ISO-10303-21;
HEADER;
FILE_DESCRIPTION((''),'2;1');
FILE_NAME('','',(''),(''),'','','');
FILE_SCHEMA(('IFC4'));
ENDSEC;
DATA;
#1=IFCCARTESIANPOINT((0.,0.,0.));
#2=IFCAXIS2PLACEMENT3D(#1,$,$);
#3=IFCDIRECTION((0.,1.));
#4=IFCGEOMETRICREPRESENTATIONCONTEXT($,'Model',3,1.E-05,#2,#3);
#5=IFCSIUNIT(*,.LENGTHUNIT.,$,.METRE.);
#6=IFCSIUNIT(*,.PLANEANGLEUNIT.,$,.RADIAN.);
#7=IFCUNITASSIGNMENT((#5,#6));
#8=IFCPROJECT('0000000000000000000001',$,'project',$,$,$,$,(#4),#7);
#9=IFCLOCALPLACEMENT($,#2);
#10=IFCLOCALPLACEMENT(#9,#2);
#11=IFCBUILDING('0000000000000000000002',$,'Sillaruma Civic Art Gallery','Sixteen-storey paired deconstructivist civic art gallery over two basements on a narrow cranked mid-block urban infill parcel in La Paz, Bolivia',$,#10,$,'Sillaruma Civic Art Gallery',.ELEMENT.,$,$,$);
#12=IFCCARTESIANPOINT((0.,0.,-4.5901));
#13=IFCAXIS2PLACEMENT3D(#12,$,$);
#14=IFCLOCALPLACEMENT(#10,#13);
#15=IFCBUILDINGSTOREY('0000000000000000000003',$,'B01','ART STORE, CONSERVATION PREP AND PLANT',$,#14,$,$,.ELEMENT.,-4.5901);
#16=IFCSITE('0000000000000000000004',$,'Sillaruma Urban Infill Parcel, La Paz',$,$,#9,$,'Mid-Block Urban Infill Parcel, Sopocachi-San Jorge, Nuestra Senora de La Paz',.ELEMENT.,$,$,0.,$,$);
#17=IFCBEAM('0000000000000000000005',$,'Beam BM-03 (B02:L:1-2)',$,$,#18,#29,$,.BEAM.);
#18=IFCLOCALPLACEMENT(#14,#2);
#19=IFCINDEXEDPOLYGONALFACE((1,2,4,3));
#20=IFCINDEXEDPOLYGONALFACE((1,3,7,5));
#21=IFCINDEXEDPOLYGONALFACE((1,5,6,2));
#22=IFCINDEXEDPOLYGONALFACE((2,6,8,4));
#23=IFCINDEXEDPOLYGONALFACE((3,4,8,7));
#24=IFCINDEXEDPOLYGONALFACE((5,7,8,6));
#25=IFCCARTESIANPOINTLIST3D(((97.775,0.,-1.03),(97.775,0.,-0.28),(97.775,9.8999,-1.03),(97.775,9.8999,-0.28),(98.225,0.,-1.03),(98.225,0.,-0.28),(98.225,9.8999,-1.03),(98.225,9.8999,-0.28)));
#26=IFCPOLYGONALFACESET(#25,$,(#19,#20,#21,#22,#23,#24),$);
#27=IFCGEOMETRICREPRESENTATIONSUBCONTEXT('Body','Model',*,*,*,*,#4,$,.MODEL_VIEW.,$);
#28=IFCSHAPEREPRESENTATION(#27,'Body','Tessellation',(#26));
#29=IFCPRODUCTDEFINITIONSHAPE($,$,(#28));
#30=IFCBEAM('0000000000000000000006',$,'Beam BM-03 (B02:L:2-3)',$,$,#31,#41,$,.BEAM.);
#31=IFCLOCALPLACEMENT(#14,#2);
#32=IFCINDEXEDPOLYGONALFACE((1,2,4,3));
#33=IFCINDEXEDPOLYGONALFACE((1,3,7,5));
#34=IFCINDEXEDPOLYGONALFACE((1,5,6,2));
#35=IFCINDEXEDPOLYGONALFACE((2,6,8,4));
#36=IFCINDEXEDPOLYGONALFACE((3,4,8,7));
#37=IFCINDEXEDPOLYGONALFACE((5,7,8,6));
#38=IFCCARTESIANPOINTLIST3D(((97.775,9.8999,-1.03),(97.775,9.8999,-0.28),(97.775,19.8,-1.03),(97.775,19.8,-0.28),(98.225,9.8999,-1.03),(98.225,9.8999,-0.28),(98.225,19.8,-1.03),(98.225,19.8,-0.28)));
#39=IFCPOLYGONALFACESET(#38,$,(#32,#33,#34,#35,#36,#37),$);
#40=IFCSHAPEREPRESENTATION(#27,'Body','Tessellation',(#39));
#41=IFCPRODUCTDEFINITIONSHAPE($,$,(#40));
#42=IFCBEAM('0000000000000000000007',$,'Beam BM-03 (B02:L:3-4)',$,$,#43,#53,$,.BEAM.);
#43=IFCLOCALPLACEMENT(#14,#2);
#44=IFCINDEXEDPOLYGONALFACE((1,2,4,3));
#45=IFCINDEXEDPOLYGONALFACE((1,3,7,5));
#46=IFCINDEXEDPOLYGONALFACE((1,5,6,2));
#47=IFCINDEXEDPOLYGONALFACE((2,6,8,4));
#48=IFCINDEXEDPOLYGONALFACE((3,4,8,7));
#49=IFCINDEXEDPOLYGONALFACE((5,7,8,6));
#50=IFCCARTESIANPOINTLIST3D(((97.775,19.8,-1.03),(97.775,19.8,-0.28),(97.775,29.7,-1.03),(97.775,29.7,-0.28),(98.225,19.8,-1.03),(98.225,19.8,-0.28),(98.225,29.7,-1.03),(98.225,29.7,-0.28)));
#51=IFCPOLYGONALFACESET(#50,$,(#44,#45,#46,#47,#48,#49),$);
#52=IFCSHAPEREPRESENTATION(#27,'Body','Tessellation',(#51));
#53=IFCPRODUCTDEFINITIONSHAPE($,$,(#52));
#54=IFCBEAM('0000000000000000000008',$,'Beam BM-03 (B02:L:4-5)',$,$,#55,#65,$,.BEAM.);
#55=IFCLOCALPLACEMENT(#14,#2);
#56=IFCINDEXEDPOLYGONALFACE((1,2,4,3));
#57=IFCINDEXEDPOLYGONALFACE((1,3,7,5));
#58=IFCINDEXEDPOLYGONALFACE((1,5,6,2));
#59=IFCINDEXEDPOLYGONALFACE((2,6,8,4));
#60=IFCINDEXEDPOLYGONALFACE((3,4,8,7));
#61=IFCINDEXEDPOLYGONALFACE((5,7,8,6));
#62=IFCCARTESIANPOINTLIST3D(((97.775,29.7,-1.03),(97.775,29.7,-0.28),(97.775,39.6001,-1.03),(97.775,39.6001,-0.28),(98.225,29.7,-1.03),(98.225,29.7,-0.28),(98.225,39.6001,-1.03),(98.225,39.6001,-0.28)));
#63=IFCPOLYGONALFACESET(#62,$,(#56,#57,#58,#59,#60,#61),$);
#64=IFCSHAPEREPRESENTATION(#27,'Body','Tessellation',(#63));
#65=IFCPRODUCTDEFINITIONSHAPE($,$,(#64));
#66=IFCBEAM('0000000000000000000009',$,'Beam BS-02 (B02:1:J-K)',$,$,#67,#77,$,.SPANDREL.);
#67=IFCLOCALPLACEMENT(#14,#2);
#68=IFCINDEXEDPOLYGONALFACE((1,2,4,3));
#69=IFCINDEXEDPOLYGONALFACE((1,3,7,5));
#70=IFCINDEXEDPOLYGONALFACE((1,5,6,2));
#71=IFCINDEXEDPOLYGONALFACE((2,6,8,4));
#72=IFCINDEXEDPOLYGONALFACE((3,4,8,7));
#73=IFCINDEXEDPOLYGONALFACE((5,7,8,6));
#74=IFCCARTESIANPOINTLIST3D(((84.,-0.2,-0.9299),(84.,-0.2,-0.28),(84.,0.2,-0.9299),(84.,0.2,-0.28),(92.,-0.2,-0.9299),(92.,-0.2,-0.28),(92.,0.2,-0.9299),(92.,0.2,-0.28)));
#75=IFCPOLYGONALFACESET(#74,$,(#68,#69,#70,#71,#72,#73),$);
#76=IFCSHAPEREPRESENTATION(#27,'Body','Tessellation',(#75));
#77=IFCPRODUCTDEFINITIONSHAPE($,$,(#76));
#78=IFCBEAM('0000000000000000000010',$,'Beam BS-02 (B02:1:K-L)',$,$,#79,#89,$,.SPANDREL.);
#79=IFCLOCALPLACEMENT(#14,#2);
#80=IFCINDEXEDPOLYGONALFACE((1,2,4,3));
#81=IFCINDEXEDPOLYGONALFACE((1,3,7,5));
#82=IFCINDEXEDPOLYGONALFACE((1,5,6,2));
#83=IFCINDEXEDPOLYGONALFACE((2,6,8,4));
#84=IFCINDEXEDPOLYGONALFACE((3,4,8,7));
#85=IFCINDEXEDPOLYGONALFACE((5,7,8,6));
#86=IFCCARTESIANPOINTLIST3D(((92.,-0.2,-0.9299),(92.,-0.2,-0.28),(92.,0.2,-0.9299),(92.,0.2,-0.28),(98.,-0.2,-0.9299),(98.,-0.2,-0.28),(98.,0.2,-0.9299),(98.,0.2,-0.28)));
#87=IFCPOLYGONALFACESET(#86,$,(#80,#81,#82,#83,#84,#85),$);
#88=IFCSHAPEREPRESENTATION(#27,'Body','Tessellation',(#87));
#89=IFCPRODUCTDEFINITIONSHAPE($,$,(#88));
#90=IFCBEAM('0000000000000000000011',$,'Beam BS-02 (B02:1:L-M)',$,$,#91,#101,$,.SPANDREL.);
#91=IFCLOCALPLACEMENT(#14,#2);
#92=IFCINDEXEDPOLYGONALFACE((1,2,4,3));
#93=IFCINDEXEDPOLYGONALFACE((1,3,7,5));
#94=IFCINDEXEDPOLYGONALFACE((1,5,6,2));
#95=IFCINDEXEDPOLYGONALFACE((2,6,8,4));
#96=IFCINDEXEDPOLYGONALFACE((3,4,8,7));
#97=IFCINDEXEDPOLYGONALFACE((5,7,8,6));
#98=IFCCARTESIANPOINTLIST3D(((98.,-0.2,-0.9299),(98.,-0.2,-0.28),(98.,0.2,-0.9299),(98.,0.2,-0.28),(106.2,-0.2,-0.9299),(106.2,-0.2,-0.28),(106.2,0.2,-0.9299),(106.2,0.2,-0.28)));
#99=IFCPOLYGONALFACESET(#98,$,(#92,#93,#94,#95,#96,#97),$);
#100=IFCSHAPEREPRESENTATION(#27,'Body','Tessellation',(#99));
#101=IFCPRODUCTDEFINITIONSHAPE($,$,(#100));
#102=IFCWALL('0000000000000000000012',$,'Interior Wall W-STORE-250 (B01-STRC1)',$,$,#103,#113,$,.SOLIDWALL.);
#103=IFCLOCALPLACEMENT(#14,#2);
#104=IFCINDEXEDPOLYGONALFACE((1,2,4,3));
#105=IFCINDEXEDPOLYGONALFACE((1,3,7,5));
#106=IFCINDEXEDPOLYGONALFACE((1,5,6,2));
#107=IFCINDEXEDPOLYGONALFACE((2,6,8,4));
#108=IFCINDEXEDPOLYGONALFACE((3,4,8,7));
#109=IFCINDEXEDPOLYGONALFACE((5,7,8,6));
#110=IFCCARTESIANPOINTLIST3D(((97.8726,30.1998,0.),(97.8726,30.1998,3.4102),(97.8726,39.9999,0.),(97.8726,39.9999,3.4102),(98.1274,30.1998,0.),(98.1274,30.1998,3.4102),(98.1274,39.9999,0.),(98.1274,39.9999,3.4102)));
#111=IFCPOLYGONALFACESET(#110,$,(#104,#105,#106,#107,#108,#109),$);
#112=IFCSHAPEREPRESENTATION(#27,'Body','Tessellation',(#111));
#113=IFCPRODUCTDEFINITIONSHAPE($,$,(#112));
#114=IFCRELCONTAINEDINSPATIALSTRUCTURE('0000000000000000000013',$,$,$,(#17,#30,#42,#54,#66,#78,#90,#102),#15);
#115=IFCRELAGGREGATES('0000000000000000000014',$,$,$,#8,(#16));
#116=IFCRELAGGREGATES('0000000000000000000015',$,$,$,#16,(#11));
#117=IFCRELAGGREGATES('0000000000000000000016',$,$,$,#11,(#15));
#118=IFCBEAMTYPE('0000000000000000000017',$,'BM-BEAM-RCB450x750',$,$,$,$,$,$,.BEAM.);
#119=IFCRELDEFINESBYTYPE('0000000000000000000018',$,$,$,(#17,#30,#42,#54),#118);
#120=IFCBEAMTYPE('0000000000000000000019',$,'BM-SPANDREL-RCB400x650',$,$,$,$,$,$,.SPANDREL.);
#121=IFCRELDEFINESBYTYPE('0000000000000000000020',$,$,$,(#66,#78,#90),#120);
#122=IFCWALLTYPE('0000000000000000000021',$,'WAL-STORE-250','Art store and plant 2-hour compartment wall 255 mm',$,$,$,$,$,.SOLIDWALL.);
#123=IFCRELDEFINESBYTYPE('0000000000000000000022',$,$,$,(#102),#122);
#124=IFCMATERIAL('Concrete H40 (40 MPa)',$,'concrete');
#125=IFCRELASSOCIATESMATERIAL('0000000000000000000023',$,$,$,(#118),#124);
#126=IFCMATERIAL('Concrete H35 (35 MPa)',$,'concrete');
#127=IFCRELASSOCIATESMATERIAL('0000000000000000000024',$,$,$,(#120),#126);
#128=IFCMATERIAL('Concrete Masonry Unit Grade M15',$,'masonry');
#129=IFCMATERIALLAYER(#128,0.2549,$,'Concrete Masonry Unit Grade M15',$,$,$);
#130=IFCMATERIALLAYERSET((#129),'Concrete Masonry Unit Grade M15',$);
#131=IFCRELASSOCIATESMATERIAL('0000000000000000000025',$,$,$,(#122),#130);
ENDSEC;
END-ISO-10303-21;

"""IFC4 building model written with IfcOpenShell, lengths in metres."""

from ifc_helpers import new_model, si_unit, direction, frame, frame_2d, origin, origin_2d, place, context, subcontext, project, spatial, rectangle, extrude, material, layer, layer_set, material_profile, profile_set, type_object, element, save


model = new_model("IFC4")

# Units and contexts
model_context = context("Model", 3, precision=1e-05, world=origin(), true_north=direction((0.0, 1.0)))
body_context = subcontext(model_context, "Body", "Model", "MODEL_VIEW")
ifc_project = project(units=[si_unit("LENGTHUNIT", "METRE"), si_unit("PLANEANGLEUNIT", "RADIAN")], contexts=[model_context])

# Site, building, storey
site_placement = place(None, origin())
site = spatial("IfcSite", under=ifc_project, at=site_placement, Name="Sillaruma Urban Infill Parcel, La Paz", LongName="Mid-Block Urban Infill Parcel, Sopocachi-San Jorge, Nuestra Senora de La Paz", CompositionType="ELEMENT", RefElevation=0.0)
building_placement = place(site_placement, origin())
building = spatial("IfcBuilding", under=site, at=building_placement, Name="Sillaruma Civic Art Gallery", Description="Sixteen-storey paired deconstructivist civic art gallery over two basements on a narrow cranked mid-block urban infill parcel in La Paz, Bolivia", LongName="Sillaruma Civic Art Gallery", CompositionType="ELEMENT")
storey_placement = place(building_placement, frame((0.0, 0.0, -4.5901)))
storey = spatial("IfcBuildingStorey", under=building, at=storey_placement, Name="B01", Description="ART STORE, CONSERVATION PREP AND PLANT", CompositionType="ELEMENT", Elevation=-4.5901)

# Shared definitions
ifc_material_1 = material(Name="Concrete H40 (40 MPa)", Category="concrete")

# Beams
ifc_material_2 = material(Name="Concrete H35 (35 MPa)", Category="concrete")
ifc_material_profile_1 = material_profile(ifc_material_1, rectangle(XDim=0.45, YDim=0.75, at=origin_2d()), Name="RCB450x750")
ifc_profile_set_1 = profile_set([ifc_material_profile_1], Name="Concrete H40 (40 MPa)")
beam_type_1 = type_object("IfcBeamType", Name="BM-BEAM-RCB450x750", PredefinedType="BEAM", material=ifc_profile_set_1)
beam_1_placement = place(storey_placement, frame((98.0, 0.0, -0.655), z_axis=(0.0, 1.0, 0.0), x_axis=(-1.0, 0.0, 0.0)))
element("IfcBeam", 1, at=beam_1_placement, inside=storey, type_object=beam_type_1, Name="Beam BM-03 (B02:L:1-2)", PredefinedType="BEAM", context=body_context, shape_type="SweptSolid", body=[
    extrude(rectangle(XDim=0.45, YDim=0.75, at=origin_2d()), origin(), (0.0, 0.0, 1.0), 9.8999),
])
beam_2_placement = place(storey_placement, frame((98.0, 9.8999, -0.655), z_axis=(0.0, 1.0, 0.0), x_axis=(-1.0, 0.0, 0.0)))
element("IfcBeam", 2, at=beam_2_placement, inside=storey, type_object=beam_type_1, Name="Beam BM-03 (B02:L:2-3)", PredefinedType="BEAM", context=body_context, shape_type="SweptSolid", body=[
    extrude(rectangle(XDim=0.45, YDim=0.75, at=origin_2d()), origin(), (0.0, 0.0, 1.0), 9.9001),
])
beam_3_placement = place(storey_placement, frame((98.0, 19.8, -0.655), z_axis=(0.0, 1.0, 0.0), x_axis=(-1.0, 0.0, 0.0)))
element("IfcBeam", 3, at=beam_3_placement, inside=storey, type_object=beam_type_1, Name="Beam BM-03 (B02:L:3-4)", PredefinedType="BEAM", context=body_context, shape_type="SweptSolid", body=[
    extrude(rectangle(XDim=0.45, YDim=0.75, at=origin_2d()), origin(), (0.0, 0.0, 1.0), 9.8999),
])
beam_4_placement = place(storey_placement, frame((98.0, 29.7, -0.655), z_axis=(0.0, 1.0, 0.0), x_axis=(-1.0, 0.0, 0.0)))
element("IfcBeam", 4, at=beam_4_placement, inside=storey, type_object=beam_type_1, Name="Beam BM-03 (B02:L:4-5)", PredefinedType="BEAM", context=body_context, shape_type="SweptSolid", body=[
    extrude(rectangle(XDim=0.45, YDim=0.75, at=origin_2d()), origin(), (0.0, 0.0, 1.0), 9.9001),
])
ifc_material_profile_2 = material_profile(ifc_material_2, rectangle(XDim=0.3999, YDim=0.6499, at=origin_2d()), Name="RCB400x650")
ifc_profile_set_2 = profile_set([ifc_material_profile_2], Name="Concrete H35 (35 MPa)")
beam_type_2 = type_object("IfcBeamType", Name="BM-SPANDREL-RCB400x650", PredefinedType="SPANDREL", material=ifc_profile_set_2)
beam_5_placement = place(storey_placement, frame((84.0, 0.0, -0.605), z_axis=(1.0, 0.0, 0.0), x_axis=(0.0, 1.0, 0.0)))
element("IfcBeam", 5, at=beam_5_placement, inside=storey, type_object=beam_type_2, Name="Beam BS-02 (B02:1:J-K)", PredefinedType="SPANDREL", context=body_context, shape_type="SweptSolid", body=[
    extrude(rectangle(XDim=0.3999, YDim=0.6499, at=origin_2d()), origin(), (0.0, 0.0, 1.0), 8.0),
])
beam_6_placement = place(storey_placement, frame((92.0, 0.0, -0.605), z_axis=(1.0, 0.0, 0.0), x_axis=(0.0, 1.0, 0.0)))
element("IfcBeam", 6, at=beam_6_placement, inside=storey, type_object=beam_type_2, Name="Beam BS-02 (B02:1:K-L)", PredefinedType="SPANDREL", context=body_context, shape_type="SweptSolid", body=[
    extrude(rectangle(XDim=0.3999, YDim=0.6499, at=origin_2d()), origin(), (0.0, 0.0, 1.0), 6.0),
])
beam_7_placement = place(storey_placement, frame((98.0, 0.0, -0.605), z_axis=(1.0, 0.0, 0.0), x_axis=(0.0, 1.0, 0.0)))
element("IfcBeam", 7, at=beam_7_placement, inside=storey, type_object=beam_type_2, Name="Beam BS-02 (B02:1:L-M)", PredefinedType="SPANDREL", context=body_context, shape_type="SweptSolid", body=[
    extrude(rectangle(XDim=0.3999, YDim=0.6499, at=origin_2d()), origin(), (0.0, 0.0, 1.0), 8.2),
])

# Wall
ifc_material_3 = material(Name="Concrete Masonry Unit Grade M15", Category="masonry")
ifc_layer = layer(ifc_material_3, 0.2549, Name="Concrete Masonry Unit Grade M15")
ifc_layer_set = layer_set([ifc_layer], Name="Concrete Masonry Unit Grade M15")
wall_type = type_object("IfcWallType", Name="WAL-STORE-250", Description="Art store and plant 2-hour compartment wall 255 mm", PredefinedType="SOLIDWALL", material=ifc_layer_set)
wall_placement = place(storey_placement, frame((98.0, 30.2, 0.0), z_axis=(0.0, 0.0, 1.0), x_axis=(0.0, 1.0, 0.0)))
element("IfcWall", 8, at=wall_placement, inside=storey, type_object=wall_type, Name="Interior Wall W-STORE-250 (B01-STRC1)", PredefinedType="SOLIDWALL", context=body_context, shape_type="SweptSolid", body=[
    extrude(rectangle(XDim=9.8, YDim=0.2549, at=frame_2d((4.8999, 0.0))), origin(), (0.0, 0.0, 1.0), 3.4102),
])

save(model, "model.ifc")
